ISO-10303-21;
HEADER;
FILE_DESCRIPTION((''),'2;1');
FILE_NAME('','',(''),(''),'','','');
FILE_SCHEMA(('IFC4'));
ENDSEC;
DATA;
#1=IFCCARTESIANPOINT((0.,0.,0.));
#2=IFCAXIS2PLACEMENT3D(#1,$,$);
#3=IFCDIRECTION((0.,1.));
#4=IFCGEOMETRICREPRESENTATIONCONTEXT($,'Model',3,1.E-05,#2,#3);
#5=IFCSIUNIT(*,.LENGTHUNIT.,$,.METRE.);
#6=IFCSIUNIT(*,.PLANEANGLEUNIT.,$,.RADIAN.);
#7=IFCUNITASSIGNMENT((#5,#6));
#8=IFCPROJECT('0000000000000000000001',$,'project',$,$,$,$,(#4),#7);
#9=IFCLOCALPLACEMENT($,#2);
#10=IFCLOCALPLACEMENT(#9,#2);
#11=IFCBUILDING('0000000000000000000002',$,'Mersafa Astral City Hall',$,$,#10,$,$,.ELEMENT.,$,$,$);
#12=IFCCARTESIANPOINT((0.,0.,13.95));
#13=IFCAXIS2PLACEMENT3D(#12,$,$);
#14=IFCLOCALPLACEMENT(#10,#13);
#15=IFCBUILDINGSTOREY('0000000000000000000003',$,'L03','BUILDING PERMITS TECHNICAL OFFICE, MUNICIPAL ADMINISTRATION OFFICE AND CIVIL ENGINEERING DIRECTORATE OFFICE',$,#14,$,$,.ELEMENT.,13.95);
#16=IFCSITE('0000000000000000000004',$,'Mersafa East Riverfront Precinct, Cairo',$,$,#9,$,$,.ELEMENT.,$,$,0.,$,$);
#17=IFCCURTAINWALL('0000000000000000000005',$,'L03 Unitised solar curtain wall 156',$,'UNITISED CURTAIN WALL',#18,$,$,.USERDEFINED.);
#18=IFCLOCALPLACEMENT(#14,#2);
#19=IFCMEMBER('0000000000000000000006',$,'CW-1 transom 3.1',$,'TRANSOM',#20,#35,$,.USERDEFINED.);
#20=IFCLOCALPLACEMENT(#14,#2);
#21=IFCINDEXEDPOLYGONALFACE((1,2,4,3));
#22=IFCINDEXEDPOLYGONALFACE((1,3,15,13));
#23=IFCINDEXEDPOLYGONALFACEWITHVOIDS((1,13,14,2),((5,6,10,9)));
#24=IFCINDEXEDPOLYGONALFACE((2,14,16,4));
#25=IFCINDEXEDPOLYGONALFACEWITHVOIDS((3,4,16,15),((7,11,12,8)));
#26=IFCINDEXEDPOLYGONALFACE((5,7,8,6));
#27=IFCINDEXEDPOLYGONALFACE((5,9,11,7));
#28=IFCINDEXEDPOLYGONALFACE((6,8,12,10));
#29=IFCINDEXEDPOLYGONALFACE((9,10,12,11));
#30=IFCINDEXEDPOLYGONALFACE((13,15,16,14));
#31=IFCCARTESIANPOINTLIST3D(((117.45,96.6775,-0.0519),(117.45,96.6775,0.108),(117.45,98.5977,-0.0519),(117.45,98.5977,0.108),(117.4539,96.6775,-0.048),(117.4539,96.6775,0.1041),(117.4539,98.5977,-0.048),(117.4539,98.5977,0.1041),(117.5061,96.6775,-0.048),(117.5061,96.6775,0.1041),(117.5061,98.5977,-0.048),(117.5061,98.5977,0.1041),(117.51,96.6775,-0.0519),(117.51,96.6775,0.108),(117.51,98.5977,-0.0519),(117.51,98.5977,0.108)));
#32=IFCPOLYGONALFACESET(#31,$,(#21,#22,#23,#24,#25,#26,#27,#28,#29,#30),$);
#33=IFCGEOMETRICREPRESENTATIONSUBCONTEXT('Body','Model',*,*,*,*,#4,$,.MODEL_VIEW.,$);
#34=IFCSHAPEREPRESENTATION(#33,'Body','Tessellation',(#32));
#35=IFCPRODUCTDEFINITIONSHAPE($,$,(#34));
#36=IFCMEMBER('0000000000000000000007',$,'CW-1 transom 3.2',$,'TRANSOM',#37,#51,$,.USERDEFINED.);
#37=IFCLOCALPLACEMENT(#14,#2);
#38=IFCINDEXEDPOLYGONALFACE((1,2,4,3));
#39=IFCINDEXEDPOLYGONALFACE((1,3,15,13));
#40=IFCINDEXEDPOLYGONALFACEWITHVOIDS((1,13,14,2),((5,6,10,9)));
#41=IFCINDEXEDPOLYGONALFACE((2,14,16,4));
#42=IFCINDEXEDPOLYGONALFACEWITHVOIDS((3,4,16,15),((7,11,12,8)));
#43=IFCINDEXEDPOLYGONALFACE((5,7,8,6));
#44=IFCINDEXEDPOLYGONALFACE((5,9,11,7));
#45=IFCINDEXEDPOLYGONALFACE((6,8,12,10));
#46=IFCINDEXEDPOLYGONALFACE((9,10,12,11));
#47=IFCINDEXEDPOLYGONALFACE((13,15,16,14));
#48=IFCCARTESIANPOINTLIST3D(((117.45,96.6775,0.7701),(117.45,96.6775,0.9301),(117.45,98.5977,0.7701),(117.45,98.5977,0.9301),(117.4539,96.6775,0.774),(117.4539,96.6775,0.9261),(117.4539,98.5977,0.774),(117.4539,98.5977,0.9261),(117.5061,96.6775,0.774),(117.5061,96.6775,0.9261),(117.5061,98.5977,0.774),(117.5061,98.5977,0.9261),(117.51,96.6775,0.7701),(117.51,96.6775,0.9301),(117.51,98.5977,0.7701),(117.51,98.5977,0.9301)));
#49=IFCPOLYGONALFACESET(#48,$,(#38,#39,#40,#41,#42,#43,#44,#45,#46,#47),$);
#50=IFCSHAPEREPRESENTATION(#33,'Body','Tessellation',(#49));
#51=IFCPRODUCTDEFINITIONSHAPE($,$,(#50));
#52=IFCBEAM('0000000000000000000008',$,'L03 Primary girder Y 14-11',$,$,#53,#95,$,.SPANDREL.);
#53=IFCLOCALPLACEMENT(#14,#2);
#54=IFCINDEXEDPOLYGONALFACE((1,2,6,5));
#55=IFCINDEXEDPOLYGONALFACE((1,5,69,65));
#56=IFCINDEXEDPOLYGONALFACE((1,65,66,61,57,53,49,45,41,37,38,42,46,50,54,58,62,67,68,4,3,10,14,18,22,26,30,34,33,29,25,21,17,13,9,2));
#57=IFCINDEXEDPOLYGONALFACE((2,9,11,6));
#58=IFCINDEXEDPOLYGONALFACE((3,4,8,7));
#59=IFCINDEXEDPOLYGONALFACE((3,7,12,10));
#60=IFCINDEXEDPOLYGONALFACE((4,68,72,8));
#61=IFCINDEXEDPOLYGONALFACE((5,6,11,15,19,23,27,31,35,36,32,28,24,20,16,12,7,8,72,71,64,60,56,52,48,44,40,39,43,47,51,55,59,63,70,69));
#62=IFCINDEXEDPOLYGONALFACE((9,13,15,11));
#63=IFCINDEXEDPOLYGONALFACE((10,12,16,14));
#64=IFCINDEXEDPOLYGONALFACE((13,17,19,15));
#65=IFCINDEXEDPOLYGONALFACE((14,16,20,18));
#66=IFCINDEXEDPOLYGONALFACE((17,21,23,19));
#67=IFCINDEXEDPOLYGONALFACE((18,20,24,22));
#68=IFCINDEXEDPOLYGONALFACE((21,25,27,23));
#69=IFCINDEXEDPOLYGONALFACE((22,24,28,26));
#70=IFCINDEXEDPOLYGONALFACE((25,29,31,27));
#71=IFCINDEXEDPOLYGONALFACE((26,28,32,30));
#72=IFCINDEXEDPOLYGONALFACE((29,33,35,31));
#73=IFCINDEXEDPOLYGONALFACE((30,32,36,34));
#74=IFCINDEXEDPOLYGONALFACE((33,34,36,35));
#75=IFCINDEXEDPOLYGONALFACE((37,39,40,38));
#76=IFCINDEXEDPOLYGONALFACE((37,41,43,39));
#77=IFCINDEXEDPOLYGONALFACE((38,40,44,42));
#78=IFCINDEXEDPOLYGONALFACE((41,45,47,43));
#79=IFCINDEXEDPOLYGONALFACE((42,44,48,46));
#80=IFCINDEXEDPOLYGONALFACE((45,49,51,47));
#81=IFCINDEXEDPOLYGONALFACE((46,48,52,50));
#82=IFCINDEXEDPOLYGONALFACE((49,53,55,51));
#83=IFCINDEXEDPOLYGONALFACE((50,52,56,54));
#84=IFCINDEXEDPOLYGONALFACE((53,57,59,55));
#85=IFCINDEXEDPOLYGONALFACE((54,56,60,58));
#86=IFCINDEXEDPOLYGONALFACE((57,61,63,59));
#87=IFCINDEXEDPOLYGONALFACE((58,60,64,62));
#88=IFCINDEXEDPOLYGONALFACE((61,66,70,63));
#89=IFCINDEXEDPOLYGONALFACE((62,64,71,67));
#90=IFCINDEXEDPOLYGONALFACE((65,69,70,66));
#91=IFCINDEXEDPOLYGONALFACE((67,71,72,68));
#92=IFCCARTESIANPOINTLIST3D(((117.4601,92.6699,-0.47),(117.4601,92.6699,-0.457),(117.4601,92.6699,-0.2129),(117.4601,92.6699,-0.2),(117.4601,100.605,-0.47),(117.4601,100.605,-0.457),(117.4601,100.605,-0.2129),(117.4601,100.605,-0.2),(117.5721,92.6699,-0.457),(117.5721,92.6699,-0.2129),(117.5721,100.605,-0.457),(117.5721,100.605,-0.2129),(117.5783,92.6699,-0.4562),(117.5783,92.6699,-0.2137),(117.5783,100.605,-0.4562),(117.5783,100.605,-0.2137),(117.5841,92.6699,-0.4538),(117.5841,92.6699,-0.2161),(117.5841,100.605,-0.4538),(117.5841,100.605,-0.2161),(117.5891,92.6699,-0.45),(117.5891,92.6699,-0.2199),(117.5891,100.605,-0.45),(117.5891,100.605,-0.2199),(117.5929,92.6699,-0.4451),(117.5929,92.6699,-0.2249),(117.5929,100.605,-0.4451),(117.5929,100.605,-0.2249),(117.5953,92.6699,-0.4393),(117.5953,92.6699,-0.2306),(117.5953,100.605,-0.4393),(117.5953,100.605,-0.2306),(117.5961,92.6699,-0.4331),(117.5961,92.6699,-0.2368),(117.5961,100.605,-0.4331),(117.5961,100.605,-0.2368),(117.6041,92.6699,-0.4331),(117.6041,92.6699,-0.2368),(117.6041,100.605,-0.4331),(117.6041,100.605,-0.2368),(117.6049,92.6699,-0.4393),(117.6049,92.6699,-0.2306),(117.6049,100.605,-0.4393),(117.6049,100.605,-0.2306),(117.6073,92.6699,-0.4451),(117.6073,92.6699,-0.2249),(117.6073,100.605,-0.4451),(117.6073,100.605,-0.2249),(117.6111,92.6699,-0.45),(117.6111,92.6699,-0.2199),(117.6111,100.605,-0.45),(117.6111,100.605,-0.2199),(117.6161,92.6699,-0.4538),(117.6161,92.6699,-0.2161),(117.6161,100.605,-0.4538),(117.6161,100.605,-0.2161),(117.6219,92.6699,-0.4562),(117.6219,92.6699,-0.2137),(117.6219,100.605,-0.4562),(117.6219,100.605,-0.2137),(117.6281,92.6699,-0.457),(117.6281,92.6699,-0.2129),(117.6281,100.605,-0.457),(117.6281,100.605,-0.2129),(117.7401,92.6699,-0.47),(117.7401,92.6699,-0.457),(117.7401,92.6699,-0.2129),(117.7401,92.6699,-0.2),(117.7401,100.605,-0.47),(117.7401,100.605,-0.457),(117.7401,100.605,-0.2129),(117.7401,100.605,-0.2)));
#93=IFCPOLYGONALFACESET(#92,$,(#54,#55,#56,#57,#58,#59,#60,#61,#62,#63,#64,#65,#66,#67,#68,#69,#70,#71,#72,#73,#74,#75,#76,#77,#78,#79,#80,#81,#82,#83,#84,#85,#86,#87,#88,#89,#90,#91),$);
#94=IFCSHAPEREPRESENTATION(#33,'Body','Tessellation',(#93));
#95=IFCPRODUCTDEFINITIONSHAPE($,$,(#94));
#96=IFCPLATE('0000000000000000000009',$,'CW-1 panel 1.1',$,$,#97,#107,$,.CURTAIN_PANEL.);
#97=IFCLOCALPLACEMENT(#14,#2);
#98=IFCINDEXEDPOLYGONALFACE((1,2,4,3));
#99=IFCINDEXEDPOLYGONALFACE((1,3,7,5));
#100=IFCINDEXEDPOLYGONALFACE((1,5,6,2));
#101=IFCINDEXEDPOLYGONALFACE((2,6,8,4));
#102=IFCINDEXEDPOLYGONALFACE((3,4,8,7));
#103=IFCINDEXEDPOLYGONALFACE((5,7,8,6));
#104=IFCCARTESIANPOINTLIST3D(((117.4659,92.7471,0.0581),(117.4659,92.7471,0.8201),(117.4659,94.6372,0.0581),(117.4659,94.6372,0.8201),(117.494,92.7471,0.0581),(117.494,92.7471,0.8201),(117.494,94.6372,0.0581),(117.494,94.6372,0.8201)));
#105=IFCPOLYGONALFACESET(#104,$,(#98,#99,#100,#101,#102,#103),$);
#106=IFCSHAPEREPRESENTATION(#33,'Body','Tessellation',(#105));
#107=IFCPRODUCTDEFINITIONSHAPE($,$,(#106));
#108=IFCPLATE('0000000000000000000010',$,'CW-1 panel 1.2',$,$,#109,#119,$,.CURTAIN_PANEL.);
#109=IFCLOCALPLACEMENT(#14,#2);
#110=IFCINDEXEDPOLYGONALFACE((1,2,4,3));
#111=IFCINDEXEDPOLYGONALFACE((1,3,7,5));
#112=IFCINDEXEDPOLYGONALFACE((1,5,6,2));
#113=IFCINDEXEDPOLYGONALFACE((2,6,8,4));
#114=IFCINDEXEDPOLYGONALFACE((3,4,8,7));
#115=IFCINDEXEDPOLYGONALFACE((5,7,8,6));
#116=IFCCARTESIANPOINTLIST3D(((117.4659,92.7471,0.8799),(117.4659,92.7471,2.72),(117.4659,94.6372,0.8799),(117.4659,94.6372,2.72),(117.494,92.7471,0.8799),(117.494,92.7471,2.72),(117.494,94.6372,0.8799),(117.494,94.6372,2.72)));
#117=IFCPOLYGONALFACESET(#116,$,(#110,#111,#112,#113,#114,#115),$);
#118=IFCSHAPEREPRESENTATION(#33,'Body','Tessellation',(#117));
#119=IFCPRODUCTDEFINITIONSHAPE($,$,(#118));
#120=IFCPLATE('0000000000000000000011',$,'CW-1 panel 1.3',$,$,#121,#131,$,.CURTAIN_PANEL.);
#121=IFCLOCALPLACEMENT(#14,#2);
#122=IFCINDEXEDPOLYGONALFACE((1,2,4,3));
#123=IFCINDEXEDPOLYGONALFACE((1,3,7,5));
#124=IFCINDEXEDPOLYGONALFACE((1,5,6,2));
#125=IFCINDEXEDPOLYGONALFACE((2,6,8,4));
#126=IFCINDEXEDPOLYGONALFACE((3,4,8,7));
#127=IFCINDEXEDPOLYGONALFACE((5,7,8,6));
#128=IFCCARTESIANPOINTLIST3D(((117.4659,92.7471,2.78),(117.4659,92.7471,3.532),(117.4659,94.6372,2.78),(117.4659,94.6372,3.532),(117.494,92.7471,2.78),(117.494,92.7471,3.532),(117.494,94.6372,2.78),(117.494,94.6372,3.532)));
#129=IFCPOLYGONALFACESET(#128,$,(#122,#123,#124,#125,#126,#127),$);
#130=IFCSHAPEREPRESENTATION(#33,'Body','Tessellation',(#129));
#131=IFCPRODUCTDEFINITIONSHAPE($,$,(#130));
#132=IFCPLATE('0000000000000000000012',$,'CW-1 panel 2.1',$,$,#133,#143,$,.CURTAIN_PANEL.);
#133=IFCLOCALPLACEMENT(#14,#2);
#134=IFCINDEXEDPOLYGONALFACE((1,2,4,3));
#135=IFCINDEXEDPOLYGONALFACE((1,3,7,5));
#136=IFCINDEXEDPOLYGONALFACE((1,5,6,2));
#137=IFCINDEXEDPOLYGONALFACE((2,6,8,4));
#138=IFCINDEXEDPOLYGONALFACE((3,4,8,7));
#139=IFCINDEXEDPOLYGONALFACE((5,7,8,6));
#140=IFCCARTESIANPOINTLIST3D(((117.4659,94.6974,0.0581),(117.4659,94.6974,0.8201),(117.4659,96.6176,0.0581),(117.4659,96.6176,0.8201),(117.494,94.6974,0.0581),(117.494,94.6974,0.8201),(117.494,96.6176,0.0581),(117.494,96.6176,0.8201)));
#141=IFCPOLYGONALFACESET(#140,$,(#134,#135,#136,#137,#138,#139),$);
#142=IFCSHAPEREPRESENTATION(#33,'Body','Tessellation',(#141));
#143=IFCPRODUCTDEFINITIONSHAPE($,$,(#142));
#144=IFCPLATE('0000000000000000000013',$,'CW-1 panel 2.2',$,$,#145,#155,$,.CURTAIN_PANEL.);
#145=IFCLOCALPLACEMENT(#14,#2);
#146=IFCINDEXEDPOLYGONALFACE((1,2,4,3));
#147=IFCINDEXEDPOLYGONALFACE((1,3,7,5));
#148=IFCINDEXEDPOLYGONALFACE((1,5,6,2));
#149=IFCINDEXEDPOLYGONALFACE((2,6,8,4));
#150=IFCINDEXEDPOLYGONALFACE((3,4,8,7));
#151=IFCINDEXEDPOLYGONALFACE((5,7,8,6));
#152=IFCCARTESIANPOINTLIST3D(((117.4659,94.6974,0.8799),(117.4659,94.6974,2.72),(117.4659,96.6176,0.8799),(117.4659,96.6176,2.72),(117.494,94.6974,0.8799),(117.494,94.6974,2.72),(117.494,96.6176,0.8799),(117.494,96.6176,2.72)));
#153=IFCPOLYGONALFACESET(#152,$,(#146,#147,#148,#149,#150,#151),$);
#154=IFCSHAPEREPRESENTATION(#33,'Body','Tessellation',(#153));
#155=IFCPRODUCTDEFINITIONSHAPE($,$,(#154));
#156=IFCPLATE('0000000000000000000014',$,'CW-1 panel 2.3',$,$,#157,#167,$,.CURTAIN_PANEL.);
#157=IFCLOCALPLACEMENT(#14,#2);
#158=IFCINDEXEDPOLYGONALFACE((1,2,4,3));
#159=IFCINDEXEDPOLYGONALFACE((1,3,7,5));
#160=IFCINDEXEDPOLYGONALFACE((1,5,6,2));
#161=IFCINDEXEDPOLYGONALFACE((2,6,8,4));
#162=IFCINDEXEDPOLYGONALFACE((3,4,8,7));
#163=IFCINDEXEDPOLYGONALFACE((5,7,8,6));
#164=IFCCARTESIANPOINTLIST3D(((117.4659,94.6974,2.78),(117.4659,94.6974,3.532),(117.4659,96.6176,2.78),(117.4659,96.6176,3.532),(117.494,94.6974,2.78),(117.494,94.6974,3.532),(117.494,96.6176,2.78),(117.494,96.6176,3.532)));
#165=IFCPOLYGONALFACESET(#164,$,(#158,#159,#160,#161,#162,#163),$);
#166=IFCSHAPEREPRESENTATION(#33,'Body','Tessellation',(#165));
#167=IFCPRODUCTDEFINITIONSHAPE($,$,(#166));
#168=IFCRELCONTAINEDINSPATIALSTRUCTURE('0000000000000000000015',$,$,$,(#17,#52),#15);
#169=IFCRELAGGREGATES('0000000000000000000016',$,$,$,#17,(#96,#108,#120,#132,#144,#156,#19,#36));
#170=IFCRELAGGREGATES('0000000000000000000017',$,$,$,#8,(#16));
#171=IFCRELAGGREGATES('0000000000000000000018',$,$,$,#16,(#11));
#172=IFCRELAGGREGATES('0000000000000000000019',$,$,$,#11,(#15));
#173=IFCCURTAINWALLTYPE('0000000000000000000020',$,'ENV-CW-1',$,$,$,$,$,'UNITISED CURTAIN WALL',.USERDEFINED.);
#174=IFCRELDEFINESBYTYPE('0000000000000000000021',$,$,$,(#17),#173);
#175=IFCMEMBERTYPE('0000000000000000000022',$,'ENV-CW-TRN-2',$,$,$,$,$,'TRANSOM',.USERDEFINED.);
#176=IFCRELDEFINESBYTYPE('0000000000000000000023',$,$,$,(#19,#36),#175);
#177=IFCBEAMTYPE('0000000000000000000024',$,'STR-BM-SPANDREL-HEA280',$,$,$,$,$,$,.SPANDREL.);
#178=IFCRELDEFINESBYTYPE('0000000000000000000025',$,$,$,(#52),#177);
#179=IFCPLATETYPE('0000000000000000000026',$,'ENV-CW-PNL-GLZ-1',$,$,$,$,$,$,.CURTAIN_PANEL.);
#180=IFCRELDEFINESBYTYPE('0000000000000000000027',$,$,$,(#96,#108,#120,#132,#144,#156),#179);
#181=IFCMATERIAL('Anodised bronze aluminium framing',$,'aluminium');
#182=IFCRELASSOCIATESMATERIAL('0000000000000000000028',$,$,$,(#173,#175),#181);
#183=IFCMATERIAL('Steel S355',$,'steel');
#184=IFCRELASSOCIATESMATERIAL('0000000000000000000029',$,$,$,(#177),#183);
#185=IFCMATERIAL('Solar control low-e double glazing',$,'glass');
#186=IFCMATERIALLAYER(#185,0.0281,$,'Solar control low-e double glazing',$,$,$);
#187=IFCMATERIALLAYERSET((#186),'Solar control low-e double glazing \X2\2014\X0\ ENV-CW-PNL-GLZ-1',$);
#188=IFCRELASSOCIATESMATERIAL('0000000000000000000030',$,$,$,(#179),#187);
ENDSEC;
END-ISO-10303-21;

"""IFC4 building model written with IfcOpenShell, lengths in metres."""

from ifc_helpers import new_model, si_unit, direction, frame, origin, origin_2d, place, context, subcontext, project, spatial, rectangle, hollow_rectangle, i_section, extrude, material, layer, layer_set, material_profile, profile_set, type_object, element, aggregate, save


model = new_model("IFC4")

# Units and contexts
model_context = context("Model", 3, precision=1e-05, world=origin(), true_north=direction((0.0, 1.0)))
body_context = subcontext(model_context, "Body", "Model", "MODEL_VIEW")
ifc_project = project(units=[si_unit("LENGTHUNIT", "METRE"), si_unit("PLANEANGLEUNIT", "RADIAN")], contexts=[model_context])

# Site, building, storey
site_placement = place(None, origin())
site = spatial("IfcSite", under=ifc_project, at=site_placement, Name="Mersafa East Riverfront Precinct, Cairo", CompositionType="ELEMENT", RefElevation=0.0)
building_placement = place(site_placement, origin())
building = spatial("IfcBuilding", under=site, at=building_placement, Name="Mersafa Astral City Hall", CompositionType="ELEMENT")
storey_placement = place(building_placement, frame((0.0, 0.0, 13.95)))
storey = spatial("IfcBuildingStorey", under=building, at=storey_placement, Name="L03", Description="BUILDING PERMITS TECHNICAL OFFICE, MUNICIPAL ADMINISTRATION OFFICE AND CIVIL ENGINEERING DIRECTORATE OFFICE", CompositionType="ELEMENT", Elevation=13.95)

# Curtain wall, members
ifc_material_1 = material(Name="Anodised bronze aluminium framing", Category="aluminium")
curtain_wall_type = type_object("IfcCurtainWallType", Name="ENV-CW-1", ElementType="UNITISED CURTAIN WALL", PredefinedType="USERDEFINED", material=ifc_material_1)
curtain_wall_placement = place(storey_placement, origin())
curtain_wall = element("IfcCurtainWall", 1, at=curtain_wall_placement, inside=storey, type_object=curtain_wall_type, Name="L03 Unitised solar curtain wall 156", ObjectType="UNITISED CURTAIN WALL", PredefinedType="USERDEFINED")
ifc_material_profile_1 = material_profile(ifc_material_1, hollow_rectangle(XDim=0.0601, YDim=0.1599, WallThickness=0.0039, at=origin_2d()), Name="RHS 60x160x4")
ifc_profile_set_1 = profile_set([ifc_material_profile_1], Name="Anodised bronze aluminium framing")
member_type_1 = type_object("IfcMemberType", Name="ENV-CW-TRN-2", ElementType="TRANSOM", PredefinedType="USERDEFINED", material=ifc_profile_set_1)
member_1_placement = place(storey_placement, frame((117.48, 96.6775, 0.0281), z_axis=(0.0, 1.0, 0.0), x_axis=(-1.0, 0.0, 0.0)))
member_1 = element("IfcMember", 2, at=member_1_placement, type_object=member_type_1, Name="CW-1 transom 3.1", ObjectType="TRANSOM", PredefinedType="USERDEFINED", context=body_context, shape_type="SweptSolid", body=[
    extrude(hollow_rectangle(XDim=0.0601, YDim=0.1599, WallThickness=0.0039, at=origin_2d()), origin(), (0.0, 0.0, 1.0), 1.9202),
])
member_2_placement = place(storey_placement, frame((117.48, 96.6775, 0.8501), z_axis=(0.0, 1.0, 0.0), x_axis=(-1.0, 0.0, 0.0)))
member_2 = element("IfcMember", 3, at=member_2_placement, type_object=member_type_1, Name="CW-1 transom 3.2", ObjectType="TRANSOM", PredefinedType="USERDEFINED", context=body_context, shape_type="SweptSolid", body=[
    extrude(hollow_rectangle(XDim=0.0601, YDim=0.1599, WallThickness=0.0039, at=origin_2d()), origin(), (0.0, 0.0, 1.0), 1.9202),
])

# Beam
ifc_material_2 = material(Name="Steel S355", Category="steel")
ifc_material_profile_2 = material_profile(ifc_material_2, i_section(OverallWidth=0.28, OverallDepth=0.27, WebThickness=0.0081, FlangeThickness=0.0129, FilletRadius=0.0239, at=origin_2d()), Name="HEA 280")
ifc_profile_set_2 = profile_set([ifc_material_profile_2], Name="Steel S355")
beam_type = type_object("IfcBeamType", Name="STR-BM-SPANDREL-HEA280", PredefinedType="SPANDREL", material=ifc_profile_set_2)
beam_placement = place(storey_placement, frame((117.6001, 92.6699, -0.335), z_axis=(0.0, 1.0, 0.0), x_axis=(-1.0, 0.0, 0.0)))
element("IfcBeam", 4, at=beam_placement, inside=storey, type_object=beam_type, Name="L03 Primary girder Y 14-11", PredefinedType="SPANDREL", context=body_context, shape_type="SweptSolid", body=[
    extrude(i_section(OverallWidth=0.28, OverallDepth=0.27, WebThickness=0.0081, FlangeThickness=0.0129, FilletRadius=0.0239, at=origin_2d()), origin(), (0.0, 0.0, 1.0), 7.9351),
])

# Plates
ifc_material_3 = material(Name="Solar control low-e double glazing", Category="glass")
ifc_layer = layer(ifc_material_3, 0.0281, Name="Solar control low-e double glazing")
ifc_layer_set = layer_set([ifc_layer], Name="Solar control low-e double glazing — ENV-CW-PNL-GLZ-1")
plate_type = type_object("IfcPlateType", Name="ENV-CW-PNL-GLZ-1", PredefinedType="CURTAIN_PANEL", material=ifc_layer_set)
plate_1_placement = place(storey_placement, frame((117.48, 93.6921, 0.0581), z_axis=(0.0, 0.0, 1.0), x_axis=(0.0, 1.0, 0.0)))
plate_1 = element("IfcPlate", 5, at=plate_1_placement, type_object=plate_type, Name="CW-1 panel 1.1", PredefinedType="CURTAIN_PANEL", context=body_context, shape_type="SweptSolid", body=[
    extrude(rectangle(XDim=1.8901, YDim=0.0281, at=origin_2d()), origin(), (0.0, 0.0, 1.0), 0.762),
])
plate_2_placement = place(storey_placement, frame((117.48, 93.6921, 0.8799), z_axis=(0.0, 0.0, 1.0), x_axis=(0.0, 1.0, 0.0)))
plate_2 = element("IfcPlate", 6, at=plate_2_placement, type_object=plate_type, Name="CW-1 panel 1.2", PredefinedType="CURTAIN_PANEL", context=body_context, shape_type="SweptSolid", body=[
    extrude(rectangle(XDim=1.8901, YDim=0.0281, at=origin_2d()), origin(), (0.0, 0.0, 1.0), 1.8401),
])
plate_3_placement = place(storey_placement, frame((117.48, 93.6921, 2.78), z_axis=(0.0, 0.0, 1.0), x_axis=(0.0, 1.0, 0.0)))
plate_3 = element("IfcPlate", 7, at=plate_3_placement, type_object=plate_type, Name="CW-1 panel 1.3", PredefinedType="CURTAIN_PANEL", context=body_context, shape_type="SweptSolid", body=[
    extrude(rectangle(XDim=1.8901, YDim=0.0281, at=origin_2d()), origin(), (0.0, 0.0, 1.0), 0.752),
])
plate_4_placement = place(storey_placement, frame((117.48, 95.6575, 0.0581), z_axis=(0.0, 0.0, 1.0), x_axis=(0.0, 1.0, 0.0)))
plate_4 = element("IfcPlate", 8, at=plate_4_placement, type_object=plate_type, Name="CW-1 panel 2.1", PredefinedType="CURTAIN_PANEL", context=body_context, shape_type="SweptSolid", body=[
    extrude(rectangle(XDim=1.9202, YDim=0.0281, at=origin_2d()), origin(), (0.0, 0.0, 1.0), 0.762),
])
plate_5_placement = place(storey_placement, frame((117.48, 95.6575, 0.8799), z_axis=(0.0, 0.0, 1.0), x_axis=(0.0, 1.0, 0.0)))
plate_5 = element("IfcPlate", 9, at=plate_5_placement, type_object=plate_type, Name="CW-1 panel 2.2", PredefinedType="CURTAIN_PANEL", context=body_context, shape_type="SweptSolid", body=[
    extrude(rectangle(XDim=1.9202, YDim=0.0281, at=origin_2d()), origin(), (0.0, 0.0, 1.0), 1.8401),
])
plate_6_placement = place(storey_placement, frame((117.48, 95.6575, 2.78), z_axis=(0.0, 0.0, 1.0), x_axis=(0.0, 1.0, 0.0)))
plate_6 = element("IfcPlate", 10, at=plate_6_placement, type_object=plate_type, Name="CW-1 panel 2.3", PredefinedType="CURTAIN_PANEL", context=body_context, shape_type="SweptSolid", body=[
    extrude(rectangle(XDim=1.9202, YDim=0.0281, at=origin_2d()), origin(), (0.0, 0.0, 1.0), 0.752),
])
aggregate(curtain_wall, [plate_1, plate_2, plate_3, plate_4, plate_5, plate_6, member_1, member_2])

save(model, "model.ifc")
